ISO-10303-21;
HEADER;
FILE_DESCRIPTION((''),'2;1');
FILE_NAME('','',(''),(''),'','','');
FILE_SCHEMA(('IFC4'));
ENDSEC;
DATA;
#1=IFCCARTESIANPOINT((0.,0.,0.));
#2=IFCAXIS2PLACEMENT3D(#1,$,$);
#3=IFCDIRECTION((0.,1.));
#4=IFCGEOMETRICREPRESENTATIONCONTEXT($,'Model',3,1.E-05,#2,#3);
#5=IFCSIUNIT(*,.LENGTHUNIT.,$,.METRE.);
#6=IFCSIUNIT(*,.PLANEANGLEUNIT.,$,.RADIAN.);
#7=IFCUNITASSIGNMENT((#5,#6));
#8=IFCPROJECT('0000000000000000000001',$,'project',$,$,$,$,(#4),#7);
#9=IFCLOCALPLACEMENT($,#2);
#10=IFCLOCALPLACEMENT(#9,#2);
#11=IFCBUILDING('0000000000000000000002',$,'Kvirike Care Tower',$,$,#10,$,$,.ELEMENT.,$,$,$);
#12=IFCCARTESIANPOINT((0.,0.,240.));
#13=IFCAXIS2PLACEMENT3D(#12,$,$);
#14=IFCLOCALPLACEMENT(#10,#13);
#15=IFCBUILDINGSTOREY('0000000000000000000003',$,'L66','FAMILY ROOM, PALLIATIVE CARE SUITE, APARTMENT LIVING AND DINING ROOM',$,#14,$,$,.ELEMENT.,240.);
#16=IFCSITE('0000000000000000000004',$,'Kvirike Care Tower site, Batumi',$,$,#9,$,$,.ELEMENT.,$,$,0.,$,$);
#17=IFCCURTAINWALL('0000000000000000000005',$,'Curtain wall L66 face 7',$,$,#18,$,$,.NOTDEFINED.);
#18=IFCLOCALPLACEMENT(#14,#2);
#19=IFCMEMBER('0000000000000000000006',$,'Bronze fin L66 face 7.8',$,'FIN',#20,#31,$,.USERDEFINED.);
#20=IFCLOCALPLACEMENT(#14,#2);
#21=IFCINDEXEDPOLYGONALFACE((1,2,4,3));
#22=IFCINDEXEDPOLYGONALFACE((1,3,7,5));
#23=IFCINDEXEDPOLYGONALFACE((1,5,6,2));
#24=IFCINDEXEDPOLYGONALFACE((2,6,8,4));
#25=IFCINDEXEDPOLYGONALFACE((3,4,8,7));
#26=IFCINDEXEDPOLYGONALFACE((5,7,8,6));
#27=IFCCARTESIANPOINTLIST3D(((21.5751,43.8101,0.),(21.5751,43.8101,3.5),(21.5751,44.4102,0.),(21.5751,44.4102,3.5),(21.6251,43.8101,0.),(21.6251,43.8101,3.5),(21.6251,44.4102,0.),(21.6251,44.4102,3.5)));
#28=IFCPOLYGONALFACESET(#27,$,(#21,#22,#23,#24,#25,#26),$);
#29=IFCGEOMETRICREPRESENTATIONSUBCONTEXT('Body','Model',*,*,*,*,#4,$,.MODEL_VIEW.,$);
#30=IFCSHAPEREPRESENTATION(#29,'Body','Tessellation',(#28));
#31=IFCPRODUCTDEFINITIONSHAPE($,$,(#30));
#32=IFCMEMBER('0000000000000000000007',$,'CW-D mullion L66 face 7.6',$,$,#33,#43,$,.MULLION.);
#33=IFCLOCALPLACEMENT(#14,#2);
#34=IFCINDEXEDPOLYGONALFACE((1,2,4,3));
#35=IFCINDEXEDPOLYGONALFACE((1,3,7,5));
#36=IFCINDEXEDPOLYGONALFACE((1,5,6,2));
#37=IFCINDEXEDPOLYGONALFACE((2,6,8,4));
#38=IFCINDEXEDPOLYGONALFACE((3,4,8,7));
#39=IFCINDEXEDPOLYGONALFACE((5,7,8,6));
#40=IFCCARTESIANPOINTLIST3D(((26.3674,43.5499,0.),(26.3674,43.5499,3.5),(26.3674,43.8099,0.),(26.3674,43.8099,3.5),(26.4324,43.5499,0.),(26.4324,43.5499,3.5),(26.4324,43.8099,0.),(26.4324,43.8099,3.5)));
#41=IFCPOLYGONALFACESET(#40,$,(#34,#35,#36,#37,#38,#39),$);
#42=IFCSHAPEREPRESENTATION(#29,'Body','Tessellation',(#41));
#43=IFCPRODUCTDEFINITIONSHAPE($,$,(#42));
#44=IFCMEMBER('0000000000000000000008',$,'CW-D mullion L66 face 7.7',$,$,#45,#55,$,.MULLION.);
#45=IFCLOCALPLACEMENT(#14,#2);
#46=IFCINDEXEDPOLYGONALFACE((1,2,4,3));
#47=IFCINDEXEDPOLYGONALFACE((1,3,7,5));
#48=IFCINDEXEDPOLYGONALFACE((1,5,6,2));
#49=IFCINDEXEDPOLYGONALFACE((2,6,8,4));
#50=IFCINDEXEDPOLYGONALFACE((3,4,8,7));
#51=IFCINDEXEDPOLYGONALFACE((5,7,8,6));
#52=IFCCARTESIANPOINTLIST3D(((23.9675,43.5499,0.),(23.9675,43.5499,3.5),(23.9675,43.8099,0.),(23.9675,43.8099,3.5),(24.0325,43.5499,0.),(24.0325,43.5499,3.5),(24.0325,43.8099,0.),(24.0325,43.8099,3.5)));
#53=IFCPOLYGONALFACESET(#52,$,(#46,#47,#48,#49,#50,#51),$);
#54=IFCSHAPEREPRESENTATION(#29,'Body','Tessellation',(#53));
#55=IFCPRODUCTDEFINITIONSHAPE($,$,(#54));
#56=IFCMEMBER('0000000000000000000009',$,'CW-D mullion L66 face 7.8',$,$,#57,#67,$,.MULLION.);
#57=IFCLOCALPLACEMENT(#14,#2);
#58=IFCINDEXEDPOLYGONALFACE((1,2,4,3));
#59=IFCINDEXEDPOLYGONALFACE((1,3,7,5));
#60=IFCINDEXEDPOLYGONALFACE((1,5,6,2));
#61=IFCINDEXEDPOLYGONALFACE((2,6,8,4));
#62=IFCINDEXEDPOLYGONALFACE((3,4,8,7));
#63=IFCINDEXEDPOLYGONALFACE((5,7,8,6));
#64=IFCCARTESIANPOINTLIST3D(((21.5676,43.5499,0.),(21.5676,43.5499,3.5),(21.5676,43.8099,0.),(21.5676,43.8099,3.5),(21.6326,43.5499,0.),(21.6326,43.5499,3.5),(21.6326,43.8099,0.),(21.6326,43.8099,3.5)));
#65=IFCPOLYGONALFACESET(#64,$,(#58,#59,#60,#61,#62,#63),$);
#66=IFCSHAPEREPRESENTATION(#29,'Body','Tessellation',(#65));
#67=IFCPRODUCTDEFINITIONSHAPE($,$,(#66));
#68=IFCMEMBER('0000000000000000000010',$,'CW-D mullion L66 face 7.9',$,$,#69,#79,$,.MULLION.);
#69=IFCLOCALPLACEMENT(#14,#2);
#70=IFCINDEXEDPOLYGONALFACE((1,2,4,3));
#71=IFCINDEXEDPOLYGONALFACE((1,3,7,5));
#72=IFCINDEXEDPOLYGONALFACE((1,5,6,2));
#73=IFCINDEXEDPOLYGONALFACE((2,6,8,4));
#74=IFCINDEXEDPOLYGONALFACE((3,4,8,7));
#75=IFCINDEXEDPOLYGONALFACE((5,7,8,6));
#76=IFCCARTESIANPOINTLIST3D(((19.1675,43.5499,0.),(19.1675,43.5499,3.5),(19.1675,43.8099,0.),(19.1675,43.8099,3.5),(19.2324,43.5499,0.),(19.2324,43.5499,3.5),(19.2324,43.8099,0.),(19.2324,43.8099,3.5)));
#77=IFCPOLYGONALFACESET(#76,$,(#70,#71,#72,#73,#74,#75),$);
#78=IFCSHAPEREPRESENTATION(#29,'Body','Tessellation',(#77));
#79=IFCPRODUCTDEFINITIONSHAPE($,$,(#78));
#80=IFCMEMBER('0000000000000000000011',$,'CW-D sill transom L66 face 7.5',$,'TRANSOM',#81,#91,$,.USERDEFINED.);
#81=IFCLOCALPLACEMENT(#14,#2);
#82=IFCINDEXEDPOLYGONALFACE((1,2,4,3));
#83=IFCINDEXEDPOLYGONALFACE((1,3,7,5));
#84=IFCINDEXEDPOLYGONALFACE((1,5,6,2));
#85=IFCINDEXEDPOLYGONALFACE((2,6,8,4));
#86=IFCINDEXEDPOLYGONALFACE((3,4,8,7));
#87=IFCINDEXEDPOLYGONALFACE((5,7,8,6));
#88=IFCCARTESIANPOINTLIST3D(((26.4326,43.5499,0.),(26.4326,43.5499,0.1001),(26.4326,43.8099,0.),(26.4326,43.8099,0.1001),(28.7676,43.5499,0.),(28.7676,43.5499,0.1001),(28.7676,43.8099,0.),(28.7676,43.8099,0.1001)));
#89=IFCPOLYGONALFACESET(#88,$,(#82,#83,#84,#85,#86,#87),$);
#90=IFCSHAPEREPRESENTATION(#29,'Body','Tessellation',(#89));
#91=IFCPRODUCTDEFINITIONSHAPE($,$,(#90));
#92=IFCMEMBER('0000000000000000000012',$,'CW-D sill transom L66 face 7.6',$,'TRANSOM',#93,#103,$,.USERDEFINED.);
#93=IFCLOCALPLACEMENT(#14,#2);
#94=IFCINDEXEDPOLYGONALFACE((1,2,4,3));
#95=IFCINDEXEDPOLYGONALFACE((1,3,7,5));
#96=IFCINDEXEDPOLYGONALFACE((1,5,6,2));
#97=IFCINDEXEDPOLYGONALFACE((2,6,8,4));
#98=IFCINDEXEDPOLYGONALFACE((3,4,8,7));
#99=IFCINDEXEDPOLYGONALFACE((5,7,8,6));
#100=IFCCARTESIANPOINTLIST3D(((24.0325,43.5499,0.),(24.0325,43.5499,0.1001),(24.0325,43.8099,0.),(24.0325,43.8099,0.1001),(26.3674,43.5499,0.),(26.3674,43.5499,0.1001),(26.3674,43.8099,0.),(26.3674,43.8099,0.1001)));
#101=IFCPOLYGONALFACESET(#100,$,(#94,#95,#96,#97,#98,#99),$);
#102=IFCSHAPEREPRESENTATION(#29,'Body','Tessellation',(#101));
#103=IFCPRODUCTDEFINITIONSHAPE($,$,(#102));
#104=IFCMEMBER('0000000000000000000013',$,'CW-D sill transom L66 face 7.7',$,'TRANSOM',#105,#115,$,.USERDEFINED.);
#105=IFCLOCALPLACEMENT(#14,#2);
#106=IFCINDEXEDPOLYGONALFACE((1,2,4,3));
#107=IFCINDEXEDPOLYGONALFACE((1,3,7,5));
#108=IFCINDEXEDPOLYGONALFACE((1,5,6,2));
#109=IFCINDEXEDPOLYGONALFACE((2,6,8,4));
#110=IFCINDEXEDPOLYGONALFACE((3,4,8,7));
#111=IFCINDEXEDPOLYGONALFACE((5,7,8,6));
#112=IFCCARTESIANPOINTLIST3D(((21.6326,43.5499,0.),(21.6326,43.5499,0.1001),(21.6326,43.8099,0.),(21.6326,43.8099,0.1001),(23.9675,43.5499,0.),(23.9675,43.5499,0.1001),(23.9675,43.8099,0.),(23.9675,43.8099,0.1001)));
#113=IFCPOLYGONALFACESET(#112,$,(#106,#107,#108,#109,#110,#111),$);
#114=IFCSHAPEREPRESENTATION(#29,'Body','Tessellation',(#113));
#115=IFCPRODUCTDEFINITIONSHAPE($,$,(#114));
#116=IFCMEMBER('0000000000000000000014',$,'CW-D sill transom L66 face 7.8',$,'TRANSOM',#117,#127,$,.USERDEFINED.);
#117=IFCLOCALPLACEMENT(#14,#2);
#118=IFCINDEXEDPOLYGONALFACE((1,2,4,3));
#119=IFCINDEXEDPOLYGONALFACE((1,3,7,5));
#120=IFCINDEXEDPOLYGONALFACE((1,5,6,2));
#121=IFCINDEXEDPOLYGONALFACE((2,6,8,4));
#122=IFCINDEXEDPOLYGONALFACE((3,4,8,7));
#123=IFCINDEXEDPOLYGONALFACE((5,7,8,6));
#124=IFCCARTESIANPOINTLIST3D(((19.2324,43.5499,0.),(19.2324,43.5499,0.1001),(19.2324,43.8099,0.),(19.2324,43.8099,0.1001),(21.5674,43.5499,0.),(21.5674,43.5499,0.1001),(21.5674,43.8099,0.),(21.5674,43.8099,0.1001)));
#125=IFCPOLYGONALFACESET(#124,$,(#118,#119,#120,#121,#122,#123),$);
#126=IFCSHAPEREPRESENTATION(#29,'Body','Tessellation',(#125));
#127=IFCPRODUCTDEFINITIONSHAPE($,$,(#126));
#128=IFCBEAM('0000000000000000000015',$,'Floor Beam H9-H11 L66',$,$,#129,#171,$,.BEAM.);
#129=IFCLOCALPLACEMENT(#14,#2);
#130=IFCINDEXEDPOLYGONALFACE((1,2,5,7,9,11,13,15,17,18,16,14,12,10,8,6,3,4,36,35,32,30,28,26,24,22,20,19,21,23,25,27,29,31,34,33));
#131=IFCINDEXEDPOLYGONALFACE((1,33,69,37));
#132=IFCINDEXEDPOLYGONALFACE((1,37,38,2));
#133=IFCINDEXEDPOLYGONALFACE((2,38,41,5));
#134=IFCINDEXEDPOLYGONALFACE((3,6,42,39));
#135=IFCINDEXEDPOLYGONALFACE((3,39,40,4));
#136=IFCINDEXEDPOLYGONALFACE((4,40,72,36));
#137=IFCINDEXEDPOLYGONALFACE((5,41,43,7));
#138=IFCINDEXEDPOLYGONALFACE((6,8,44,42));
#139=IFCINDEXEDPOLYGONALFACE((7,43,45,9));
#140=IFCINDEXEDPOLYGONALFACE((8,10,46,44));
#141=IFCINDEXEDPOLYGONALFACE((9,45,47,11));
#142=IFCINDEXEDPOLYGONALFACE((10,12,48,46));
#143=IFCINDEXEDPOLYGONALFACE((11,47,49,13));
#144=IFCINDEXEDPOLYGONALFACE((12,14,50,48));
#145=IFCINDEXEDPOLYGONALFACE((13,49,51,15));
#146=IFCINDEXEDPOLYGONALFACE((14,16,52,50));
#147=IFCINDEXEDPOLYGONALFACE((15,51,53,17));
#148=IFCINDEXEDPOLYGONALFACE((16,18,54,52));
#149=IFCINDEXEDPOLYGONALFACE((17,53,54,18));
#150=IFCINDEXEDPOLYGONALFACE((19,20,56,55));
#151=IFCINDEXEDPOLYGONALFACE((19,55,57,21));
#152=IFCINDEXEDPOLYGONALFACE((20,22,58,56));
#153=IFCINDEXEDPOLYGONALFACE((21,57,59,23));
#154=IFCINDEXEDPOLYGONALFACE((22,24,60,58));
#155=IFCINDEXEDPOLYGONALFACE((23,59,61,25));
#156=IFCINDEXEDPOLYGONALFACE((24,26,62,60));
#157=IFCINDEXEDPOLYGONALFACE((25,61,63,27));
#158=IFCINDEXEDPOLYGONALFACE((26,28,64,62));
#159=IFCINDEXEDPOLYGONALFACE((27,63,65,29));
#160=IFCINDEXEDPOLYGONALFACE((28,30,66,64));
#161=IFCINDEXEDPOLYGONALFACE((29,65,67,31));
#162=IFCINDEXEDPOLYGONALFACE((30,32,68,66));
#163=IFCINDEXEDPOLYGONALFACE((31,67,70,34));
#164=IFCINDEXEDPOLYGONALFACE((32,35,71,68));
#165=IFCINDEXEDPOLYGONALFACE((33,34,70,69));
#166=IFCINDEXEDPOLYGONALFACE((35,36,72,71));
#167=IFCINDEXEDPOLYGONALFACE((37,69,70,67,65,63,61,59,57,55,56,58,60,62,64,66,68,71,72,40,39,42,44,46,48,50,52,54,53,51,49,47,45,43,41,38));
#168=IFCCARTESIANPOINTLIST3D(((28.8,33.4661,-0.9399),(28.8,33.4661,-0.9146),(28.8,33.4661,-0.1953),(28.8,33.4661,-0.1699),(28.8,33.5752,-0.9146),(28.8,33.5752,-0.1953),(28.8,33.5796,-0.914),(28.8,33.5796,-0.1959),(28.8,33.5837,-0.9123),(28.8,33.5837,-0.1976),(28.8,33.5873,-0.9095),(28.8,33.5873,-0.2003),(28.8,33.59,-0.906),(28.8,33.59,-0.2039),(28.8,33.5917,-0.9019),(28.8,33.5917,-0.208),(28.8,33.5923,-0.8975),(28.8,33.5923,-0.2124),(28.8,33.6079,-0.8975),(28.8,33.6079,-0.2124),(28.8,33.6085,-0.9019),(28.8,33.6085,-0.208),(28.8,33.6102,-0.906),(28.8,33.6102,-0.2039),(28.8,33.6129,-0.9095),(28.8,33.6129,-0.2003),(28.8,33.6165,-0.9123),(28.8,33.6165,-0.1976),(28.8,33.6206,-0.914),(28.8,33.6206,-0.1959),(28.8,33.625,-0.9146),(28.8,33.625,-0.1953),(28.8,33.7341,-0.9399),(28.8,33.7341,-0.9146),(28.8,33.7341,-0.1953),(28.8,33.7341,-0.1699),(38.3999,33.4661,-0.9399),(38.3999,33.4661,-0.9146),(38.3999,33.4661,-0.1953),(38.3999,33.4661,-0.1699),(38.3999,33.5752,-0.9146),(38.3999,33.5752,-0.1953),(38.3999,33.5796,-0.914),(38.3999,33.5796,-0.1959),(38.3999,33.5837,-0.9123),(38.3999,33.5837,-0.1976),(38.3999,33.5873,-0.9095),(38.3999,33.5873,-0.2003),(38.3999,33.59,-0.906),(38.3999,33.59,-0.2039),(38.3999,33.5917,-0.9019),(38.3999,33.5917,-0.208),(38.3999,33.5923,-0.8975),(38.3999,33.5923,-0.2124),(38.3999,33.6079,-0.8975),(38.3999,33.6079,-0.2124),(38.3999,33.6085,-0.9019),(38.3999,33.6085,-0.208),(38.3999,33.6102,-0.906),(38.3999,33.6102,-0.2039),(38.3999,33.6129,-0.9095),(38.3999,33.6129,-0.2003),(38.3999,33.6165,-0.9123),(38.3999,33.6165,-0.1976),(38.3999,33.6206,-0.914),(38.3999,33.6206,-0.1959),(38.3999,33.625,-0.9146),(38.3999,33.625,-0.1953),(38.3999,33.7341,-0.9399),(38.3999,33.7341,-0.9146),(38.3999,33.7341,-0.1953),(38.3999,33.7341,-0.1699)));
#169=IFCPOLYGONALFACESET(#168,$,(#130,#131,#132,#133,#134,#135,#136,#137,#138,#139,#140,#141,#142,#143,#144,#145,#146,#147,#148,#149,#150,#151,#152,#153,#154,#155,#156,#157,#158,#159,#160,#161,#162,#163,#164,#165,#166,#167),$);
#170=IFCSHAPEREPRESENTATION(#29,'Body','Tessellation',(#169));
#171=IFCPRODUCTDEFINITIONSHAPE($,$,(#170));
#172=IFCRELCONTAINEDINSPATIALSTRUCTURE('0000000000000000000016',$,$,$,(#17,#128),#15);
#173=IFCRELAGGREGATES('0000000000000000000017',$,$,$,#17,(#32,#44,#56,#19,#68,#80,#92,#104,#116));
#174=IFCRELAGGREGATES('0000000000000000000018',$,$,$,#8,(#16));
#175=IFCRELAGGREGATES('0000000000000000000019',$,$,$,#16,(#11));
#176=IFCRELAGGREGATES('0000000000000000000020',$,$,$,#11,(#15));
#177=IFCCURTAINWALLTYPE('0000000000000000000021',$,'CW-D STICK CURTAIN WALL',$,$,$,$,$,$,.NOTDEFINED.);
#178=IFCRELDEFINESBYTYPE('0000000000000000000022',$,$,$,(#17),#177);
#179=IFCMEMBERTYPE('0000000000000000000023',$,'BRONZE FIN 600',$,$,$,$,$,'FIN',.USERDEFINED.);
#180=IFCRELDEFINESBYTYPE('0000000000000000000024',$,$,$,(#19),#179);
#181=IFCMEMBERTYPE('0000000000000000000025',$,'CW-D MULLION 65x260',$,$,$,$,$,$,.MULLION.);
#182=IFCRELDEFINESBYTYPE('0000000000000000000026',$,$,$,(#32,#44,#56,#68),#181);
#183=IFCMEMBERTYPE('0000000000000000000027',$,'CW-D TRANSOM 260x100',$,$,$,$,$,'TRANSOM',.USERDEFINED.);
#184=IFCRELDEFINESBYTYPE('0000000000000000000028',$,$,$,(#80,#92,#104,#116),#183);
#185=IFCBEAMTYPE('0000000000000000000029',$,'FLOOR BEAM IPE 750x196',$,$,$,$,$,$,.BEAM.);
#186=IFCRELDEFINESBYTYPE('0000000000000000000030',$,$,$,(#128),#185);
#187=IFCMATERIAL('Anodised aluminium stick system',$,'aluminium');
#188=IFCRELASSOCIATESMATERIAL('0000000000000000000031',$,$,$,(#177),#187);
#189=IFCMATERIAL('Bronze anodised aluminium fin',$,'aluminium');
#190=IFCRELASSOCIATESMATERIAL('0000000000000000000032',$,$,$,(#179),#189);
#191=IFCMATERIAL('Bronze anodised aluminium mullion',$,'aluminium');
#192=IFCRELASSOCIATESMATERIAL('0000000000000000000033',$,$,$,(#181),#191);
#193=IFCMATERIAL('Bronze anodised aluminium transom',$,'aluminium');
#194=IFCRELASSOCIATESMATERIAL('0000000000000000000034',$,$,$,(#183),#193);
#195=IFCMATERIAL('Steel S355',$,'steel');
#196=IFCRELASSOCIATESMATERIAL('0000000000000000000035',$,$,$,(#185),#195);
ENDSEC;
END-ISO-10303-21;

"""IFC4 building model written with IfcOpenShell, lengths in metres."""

from ifc_helpers import new_model, si_unit, direction, frame, origin, origin_2d, place, context, subcontext, project, spatial, rectangle, i_section, extrude, material, material_profile, profile_set, type_object, element, aggregate, save


model = new_model("IFC4")

# Units and contexts
model_context = context("Model", 3, precision=1e-05, world=origin(), true_north=direction((0.0, 1.0)))
body_context = subcontext(model_context, "Body", "Model", "MODEL_VIEW")
ifc_project = project(units=[si_unit("LENGTHUNIT", "METRE"), si_unit("PLANEANGLEUNIT", "RADIAN")], contexts=[model_context])

# Site, building, storey
site_placement = place(None, origin())
site = spatial("IfcSite", under=ifc_project, at=site_placement, Name="Kvirike Care Tower site, Batumi", CompositionType="ELEMENT", RefElevation=0.0)
building_placement = place(site_placement, origin())
building = spatial("IfcBuilding", under=site, at=building_placement, Name="Kvirike Care Tower", CompositionType="ELEMENT")
storey_placement = place(building_placement, frame((0.0, 0.0, 240.0)))
storey = spatial("IfcBuildingStorey", under=building, at=storey_placement, Name="L66", Description="FAMILY ROOM, PALLIATIVE CARE SUITE, APARTMENT LIVING AND DINING ROOM", CompositionType="ELEMENT", Elevation=240.0)

# Curtain wall, members
ifc_material_1 = material(Name="Anodised aluminium stick system", Category="aluminium")
curtain_wall_type = type_object("IfcCurtainWallType", Name="CW-D STICK CURTAIN WALL", PredefinedType="NOTDEFINED", material=ifc_material_1)
curtain_wall_placement = place(storey_placement, origin())
curtain_wall = element("IfcCurtainWall", 1, at=curtain_wall_placement, inside=storey, type_object=curtain_wall_type, Name="Curtain wall L66 face 7", PredefinedType="NOTDEFINED")
ifc_material_2 = material(Name="Bronze anodised aluminium fin", Category="aluminium")
ifc_material_profile_1 = material_profile(ifc_material_2, rectangle(XDim=0.05, YDim=0.6001, at=origin_2d()), Name="BRONZE FIN 600")
ifc_profile_set_1 = profile_set([ifc_material_profile_1], Name="Bronze anodised aluminium fin")
member_type_1 = type_object("IfcMemberType", Name="BRONZE FIN 600", ElementType="FIN", PredefinedType="USERDEFINED", material=ifc_profile_set_1)
member_1_placement = place(storey_placement, frame((21.6001, 44.1101, 0.0), z_axis=(0.0, 0.0, 1.0), x_axis=(-1.0, 0.0, 0.0)))
member_1 = element("IfcMember", 2, at=member_1_placement, type_object=member_type_1, Name="Bronze fin L66 face 7.8", ObjectType="FIN", PredefinedType="USERDEFINED", context=body_context, shape_type="SweptSolid", body=[
    extrude(rectangle(XDim=0.05, YDim=0.6001, at=origin_2d()), origin(), (0.0, 0.0, 1.0), 3.5),
])
ifc_material_3 = material(Name="Bronze anodised aluminium mullion", Category="aluminium")
ifc_material_profile_2 = material_profile(ifc_material_3, rectangle(XDim=0.0649, YDim=0.26, at=origin_2d()), Name="CW-D MULLION 65x260")
ifc_profile_set_2 = profile_set([ifc_material_profile_2], Name="Bronze anodised aluminium mullion")
member_type_2 = type_object("IfcMemberType", Name="CW-D MULLION 65x260", PredefinedType="MULLION", material=ifc_profile_set_2)
member_2_placement = place(storey_placement, frame((26.3999, 43.6799, 0.0), z_axis=(0.0, 0.0, 1.0), x_axis=(-1.0, 0.0, 0.0)))
member_2 = element("IfcMember", 3, at=member_2_placement, type_object=member_type_2, Name="CW-D mullion L66 face 7.6", PredefinedType="MULLION", context=body_context, shape_type="SweptSolid", body=[
    extrude(rectangle(XDim=0.0649, YDim=0.26, at=origin_2d()), origin(), (0.0, 0.0, 1.0), 3.5),
])
member_3_placement = place(storey_placement, frame((24.0, 43.6799, 0.0), z_axis=(0.0, 0.0, 1.0), x_axis=(-1.0, 0.0, 0.0)))
member_3 = element("IfcMember", 4, at=member_3_placement, type_object=member_type_2, Name="CW-D mullion L66 face 7.7", PredefinedType="MULLION", context=body_context, shape_type="SweptSolid", body=[
    extrude(rectangle(XDim=0.0649, YDim=0.26, at=origin_2d()), origin(), (0.0, 0.0, 1.0), 3.5),
])
member_4_placement = place(storey_placement, frame((21.6001, 43.6799, 0.0), z_axis=(0.0, 0.0, 1.0), x_axis=(-1.0, 0.0, 0.0)))
member_4 = element("IfcMember", 5, at=member_4_placement, type_object=member_type_2, Name="CW-D mullion L66 face 7.8", PredefinedType="MULLION", context=body_context, shape_type="SweptSolid", body=[
    extrude(rectangle(XDim=0.0649, YDim=0.26, at=origin_2d()), origin(), (0.0, 0.0, 1.0), 3.5),
])
member_5_placement = place(storey_placement, frame((19.2, 43.6799, 0.0), z_axis=(0.0, 0.0, 1.0), x_axis=(-1.0, 0.0, 0.0)))
member_5 = element("IfcMember", 6, at=member_5_placement, type_object=member_type_2, Name="CW-D mullion L66 face 7.9", PredefinedType="MULLION", context=body_context, shape_type="SweptSolid", body=[
    extrude(rectangle(XDim=0.0649, YDim=0.26, at=origin_2d()), origin(), (0.0, 0.0, 1.0), 3.5),
])
ifc_material_4 = material(Name="Bronze anodised aluminium transom", Category="aluminium")
ifc_material_profile_3 = material_profile(ifc_material_4, rectangle(XDim=0.26, YDim=0.1001, at=origin_2d()), Name="CW-D TRANSOM 260x100")
ifc_profile_set_3 = profile_set([ifc_material_profile_3], Name="Bronze anodised aluminium transom")
member_type_3 = type_object("IfcMemberType", Name="CW-D TRANSOM 260x100", ElementType="TRANSOM", PredefinedType="USERDEFINED", material=ifc_profile_set_3)
member_6_placement = place(storey_placement, frame((28.7676, 43.6799, 0.05), z_axis=(-1.0, 0.0, 0.0), x_axis=(0.0, -1.0, 0.0)))
member_6 = element("IfcMember", 7, at=member_6_placement, type_object=member_type_3, Name="CW-D sill transom L66 face 7.5", ObjectType="TRANSOM", PredefinedType="USERDEFINED", context=body_context, shape_type="SweptSolid", body=[
    extrude(rectangle(XDim=0.26, YDim=0.1001, at=origin_2d()), origin(), (0.0, 0.0, 1.0), 2.335),
])
member_7_placement = place(storey_placement, frame((26.3674, 43.6799, 0.05), z_axis=(-1.0, 0.0, 0.0), x_axis=(0.0, -1.0, 0.0)))
member_7 = element("IfcMember", 8, at=member_7_placement, type_object=member_type_3, Name="CW-D sill transom L66 face 7.6", ObjectType="TRANSOM", PredefinedType="USERDEFINED", context=body_context, shape_type="SweptSolid", body=[
    extrude(rectangle(XDim=0.26, YDim=0.1001, at=origin_2d()), origin(), (0.0, 0.0, 1.0), 2.335),
])
member_8_placement = place(storey_placement, frame((23.9675, 43.6799, 0.05), z_axis=(-1.0, 0.0, 0.0), x_axis=(0.0, -1.0, 0.0)))
member_8 = element("IfcMember", 9, at=member_8_placement, type_object=member_type_3, Name="CW-D sill transom L66 face 7.7", ObjectType="TRANSOM", PredefinedType="USERDEFINED", context=body_context, shape_type="SweptSolid", body=[
    extrude(rectangle(XDim=0.26, YDim=0.1001, at=origin_2d()), origin(), (0.0, 0.0, 1.0), 2.335),
])
member_9_placement = place(storey_placement, frame((21.5674, 43.6799, 0.05), z_axis=(-1.0, 0.0, 0.0), x_axis=(0.0, -1.0, 0.0)))
member_9 = element("IfcMember", 10, at=member_9_placement, type_object=member_type_3, Name="CW-D sill transom L66 face 7.8", ObjectType="TRANSOM", PredefinedType="USERDEFINED", context=body_context, shape_type="SweptSolid", body=[
    extrude(rectangle(XDim=0.26, YDim=0.1001, at=origin_2d()), origin(), (0.0, 0.0, 1.0), 2.335),
])

# Beam
ifc_material_5 = material(Name="Steel S355", Category="steel")
ifc_material_profile_4 = material_profile(ifc_material_5, i_section(OverallWidth=0.2681, OverallDepth=0.77, WebThickness=0.0156, FlangeThickness=0.0254, FilletRadius=0.0171, at=origin_2d()), Name="IPE 750x196")
ifc_profile_set_4 = profile_set([ifc_material_profile_4], Name="Steel S355")
beam_type_1 = type_object("IfcBeamType", Name="FLOOR BEAM IPE 750x196", PredefinedType="BEAM", material=ifc_profile_set_4)
for number, where, z_axis, x_axis, name in (
    (11, (28.8, 33.6001, -0.5549), (1.0, 0.0, 0.0), (0.0, 1.0, 0.0), "Floor Beam H9-H11 L66"),
):
    element("IfcBeam", number, at=place(storey_placement, frame(where, z_axis=z_axis, x_axis=x_axis)), inside=storey, type_object=beam_type_1, Name=name, PredefinedType="BEAM", context=body_context, shape_type="SweptSolid", body=[
        extrude(i_section(OverallWidth=0.2681, OverallDepth=0.77, WebThickness=0.0156, FlangeThickness=0.0254, FilletRadius=0.0171, at=origin_2d()), origin(), (0.0, 0.0, 1.0), 9.5999),
    ])

aggregate(curtain_wall, [member_2, member_3, member_4, member_1, member_5, member_6, member_7, member_8, member_9])

save(model, "model.ifc")
